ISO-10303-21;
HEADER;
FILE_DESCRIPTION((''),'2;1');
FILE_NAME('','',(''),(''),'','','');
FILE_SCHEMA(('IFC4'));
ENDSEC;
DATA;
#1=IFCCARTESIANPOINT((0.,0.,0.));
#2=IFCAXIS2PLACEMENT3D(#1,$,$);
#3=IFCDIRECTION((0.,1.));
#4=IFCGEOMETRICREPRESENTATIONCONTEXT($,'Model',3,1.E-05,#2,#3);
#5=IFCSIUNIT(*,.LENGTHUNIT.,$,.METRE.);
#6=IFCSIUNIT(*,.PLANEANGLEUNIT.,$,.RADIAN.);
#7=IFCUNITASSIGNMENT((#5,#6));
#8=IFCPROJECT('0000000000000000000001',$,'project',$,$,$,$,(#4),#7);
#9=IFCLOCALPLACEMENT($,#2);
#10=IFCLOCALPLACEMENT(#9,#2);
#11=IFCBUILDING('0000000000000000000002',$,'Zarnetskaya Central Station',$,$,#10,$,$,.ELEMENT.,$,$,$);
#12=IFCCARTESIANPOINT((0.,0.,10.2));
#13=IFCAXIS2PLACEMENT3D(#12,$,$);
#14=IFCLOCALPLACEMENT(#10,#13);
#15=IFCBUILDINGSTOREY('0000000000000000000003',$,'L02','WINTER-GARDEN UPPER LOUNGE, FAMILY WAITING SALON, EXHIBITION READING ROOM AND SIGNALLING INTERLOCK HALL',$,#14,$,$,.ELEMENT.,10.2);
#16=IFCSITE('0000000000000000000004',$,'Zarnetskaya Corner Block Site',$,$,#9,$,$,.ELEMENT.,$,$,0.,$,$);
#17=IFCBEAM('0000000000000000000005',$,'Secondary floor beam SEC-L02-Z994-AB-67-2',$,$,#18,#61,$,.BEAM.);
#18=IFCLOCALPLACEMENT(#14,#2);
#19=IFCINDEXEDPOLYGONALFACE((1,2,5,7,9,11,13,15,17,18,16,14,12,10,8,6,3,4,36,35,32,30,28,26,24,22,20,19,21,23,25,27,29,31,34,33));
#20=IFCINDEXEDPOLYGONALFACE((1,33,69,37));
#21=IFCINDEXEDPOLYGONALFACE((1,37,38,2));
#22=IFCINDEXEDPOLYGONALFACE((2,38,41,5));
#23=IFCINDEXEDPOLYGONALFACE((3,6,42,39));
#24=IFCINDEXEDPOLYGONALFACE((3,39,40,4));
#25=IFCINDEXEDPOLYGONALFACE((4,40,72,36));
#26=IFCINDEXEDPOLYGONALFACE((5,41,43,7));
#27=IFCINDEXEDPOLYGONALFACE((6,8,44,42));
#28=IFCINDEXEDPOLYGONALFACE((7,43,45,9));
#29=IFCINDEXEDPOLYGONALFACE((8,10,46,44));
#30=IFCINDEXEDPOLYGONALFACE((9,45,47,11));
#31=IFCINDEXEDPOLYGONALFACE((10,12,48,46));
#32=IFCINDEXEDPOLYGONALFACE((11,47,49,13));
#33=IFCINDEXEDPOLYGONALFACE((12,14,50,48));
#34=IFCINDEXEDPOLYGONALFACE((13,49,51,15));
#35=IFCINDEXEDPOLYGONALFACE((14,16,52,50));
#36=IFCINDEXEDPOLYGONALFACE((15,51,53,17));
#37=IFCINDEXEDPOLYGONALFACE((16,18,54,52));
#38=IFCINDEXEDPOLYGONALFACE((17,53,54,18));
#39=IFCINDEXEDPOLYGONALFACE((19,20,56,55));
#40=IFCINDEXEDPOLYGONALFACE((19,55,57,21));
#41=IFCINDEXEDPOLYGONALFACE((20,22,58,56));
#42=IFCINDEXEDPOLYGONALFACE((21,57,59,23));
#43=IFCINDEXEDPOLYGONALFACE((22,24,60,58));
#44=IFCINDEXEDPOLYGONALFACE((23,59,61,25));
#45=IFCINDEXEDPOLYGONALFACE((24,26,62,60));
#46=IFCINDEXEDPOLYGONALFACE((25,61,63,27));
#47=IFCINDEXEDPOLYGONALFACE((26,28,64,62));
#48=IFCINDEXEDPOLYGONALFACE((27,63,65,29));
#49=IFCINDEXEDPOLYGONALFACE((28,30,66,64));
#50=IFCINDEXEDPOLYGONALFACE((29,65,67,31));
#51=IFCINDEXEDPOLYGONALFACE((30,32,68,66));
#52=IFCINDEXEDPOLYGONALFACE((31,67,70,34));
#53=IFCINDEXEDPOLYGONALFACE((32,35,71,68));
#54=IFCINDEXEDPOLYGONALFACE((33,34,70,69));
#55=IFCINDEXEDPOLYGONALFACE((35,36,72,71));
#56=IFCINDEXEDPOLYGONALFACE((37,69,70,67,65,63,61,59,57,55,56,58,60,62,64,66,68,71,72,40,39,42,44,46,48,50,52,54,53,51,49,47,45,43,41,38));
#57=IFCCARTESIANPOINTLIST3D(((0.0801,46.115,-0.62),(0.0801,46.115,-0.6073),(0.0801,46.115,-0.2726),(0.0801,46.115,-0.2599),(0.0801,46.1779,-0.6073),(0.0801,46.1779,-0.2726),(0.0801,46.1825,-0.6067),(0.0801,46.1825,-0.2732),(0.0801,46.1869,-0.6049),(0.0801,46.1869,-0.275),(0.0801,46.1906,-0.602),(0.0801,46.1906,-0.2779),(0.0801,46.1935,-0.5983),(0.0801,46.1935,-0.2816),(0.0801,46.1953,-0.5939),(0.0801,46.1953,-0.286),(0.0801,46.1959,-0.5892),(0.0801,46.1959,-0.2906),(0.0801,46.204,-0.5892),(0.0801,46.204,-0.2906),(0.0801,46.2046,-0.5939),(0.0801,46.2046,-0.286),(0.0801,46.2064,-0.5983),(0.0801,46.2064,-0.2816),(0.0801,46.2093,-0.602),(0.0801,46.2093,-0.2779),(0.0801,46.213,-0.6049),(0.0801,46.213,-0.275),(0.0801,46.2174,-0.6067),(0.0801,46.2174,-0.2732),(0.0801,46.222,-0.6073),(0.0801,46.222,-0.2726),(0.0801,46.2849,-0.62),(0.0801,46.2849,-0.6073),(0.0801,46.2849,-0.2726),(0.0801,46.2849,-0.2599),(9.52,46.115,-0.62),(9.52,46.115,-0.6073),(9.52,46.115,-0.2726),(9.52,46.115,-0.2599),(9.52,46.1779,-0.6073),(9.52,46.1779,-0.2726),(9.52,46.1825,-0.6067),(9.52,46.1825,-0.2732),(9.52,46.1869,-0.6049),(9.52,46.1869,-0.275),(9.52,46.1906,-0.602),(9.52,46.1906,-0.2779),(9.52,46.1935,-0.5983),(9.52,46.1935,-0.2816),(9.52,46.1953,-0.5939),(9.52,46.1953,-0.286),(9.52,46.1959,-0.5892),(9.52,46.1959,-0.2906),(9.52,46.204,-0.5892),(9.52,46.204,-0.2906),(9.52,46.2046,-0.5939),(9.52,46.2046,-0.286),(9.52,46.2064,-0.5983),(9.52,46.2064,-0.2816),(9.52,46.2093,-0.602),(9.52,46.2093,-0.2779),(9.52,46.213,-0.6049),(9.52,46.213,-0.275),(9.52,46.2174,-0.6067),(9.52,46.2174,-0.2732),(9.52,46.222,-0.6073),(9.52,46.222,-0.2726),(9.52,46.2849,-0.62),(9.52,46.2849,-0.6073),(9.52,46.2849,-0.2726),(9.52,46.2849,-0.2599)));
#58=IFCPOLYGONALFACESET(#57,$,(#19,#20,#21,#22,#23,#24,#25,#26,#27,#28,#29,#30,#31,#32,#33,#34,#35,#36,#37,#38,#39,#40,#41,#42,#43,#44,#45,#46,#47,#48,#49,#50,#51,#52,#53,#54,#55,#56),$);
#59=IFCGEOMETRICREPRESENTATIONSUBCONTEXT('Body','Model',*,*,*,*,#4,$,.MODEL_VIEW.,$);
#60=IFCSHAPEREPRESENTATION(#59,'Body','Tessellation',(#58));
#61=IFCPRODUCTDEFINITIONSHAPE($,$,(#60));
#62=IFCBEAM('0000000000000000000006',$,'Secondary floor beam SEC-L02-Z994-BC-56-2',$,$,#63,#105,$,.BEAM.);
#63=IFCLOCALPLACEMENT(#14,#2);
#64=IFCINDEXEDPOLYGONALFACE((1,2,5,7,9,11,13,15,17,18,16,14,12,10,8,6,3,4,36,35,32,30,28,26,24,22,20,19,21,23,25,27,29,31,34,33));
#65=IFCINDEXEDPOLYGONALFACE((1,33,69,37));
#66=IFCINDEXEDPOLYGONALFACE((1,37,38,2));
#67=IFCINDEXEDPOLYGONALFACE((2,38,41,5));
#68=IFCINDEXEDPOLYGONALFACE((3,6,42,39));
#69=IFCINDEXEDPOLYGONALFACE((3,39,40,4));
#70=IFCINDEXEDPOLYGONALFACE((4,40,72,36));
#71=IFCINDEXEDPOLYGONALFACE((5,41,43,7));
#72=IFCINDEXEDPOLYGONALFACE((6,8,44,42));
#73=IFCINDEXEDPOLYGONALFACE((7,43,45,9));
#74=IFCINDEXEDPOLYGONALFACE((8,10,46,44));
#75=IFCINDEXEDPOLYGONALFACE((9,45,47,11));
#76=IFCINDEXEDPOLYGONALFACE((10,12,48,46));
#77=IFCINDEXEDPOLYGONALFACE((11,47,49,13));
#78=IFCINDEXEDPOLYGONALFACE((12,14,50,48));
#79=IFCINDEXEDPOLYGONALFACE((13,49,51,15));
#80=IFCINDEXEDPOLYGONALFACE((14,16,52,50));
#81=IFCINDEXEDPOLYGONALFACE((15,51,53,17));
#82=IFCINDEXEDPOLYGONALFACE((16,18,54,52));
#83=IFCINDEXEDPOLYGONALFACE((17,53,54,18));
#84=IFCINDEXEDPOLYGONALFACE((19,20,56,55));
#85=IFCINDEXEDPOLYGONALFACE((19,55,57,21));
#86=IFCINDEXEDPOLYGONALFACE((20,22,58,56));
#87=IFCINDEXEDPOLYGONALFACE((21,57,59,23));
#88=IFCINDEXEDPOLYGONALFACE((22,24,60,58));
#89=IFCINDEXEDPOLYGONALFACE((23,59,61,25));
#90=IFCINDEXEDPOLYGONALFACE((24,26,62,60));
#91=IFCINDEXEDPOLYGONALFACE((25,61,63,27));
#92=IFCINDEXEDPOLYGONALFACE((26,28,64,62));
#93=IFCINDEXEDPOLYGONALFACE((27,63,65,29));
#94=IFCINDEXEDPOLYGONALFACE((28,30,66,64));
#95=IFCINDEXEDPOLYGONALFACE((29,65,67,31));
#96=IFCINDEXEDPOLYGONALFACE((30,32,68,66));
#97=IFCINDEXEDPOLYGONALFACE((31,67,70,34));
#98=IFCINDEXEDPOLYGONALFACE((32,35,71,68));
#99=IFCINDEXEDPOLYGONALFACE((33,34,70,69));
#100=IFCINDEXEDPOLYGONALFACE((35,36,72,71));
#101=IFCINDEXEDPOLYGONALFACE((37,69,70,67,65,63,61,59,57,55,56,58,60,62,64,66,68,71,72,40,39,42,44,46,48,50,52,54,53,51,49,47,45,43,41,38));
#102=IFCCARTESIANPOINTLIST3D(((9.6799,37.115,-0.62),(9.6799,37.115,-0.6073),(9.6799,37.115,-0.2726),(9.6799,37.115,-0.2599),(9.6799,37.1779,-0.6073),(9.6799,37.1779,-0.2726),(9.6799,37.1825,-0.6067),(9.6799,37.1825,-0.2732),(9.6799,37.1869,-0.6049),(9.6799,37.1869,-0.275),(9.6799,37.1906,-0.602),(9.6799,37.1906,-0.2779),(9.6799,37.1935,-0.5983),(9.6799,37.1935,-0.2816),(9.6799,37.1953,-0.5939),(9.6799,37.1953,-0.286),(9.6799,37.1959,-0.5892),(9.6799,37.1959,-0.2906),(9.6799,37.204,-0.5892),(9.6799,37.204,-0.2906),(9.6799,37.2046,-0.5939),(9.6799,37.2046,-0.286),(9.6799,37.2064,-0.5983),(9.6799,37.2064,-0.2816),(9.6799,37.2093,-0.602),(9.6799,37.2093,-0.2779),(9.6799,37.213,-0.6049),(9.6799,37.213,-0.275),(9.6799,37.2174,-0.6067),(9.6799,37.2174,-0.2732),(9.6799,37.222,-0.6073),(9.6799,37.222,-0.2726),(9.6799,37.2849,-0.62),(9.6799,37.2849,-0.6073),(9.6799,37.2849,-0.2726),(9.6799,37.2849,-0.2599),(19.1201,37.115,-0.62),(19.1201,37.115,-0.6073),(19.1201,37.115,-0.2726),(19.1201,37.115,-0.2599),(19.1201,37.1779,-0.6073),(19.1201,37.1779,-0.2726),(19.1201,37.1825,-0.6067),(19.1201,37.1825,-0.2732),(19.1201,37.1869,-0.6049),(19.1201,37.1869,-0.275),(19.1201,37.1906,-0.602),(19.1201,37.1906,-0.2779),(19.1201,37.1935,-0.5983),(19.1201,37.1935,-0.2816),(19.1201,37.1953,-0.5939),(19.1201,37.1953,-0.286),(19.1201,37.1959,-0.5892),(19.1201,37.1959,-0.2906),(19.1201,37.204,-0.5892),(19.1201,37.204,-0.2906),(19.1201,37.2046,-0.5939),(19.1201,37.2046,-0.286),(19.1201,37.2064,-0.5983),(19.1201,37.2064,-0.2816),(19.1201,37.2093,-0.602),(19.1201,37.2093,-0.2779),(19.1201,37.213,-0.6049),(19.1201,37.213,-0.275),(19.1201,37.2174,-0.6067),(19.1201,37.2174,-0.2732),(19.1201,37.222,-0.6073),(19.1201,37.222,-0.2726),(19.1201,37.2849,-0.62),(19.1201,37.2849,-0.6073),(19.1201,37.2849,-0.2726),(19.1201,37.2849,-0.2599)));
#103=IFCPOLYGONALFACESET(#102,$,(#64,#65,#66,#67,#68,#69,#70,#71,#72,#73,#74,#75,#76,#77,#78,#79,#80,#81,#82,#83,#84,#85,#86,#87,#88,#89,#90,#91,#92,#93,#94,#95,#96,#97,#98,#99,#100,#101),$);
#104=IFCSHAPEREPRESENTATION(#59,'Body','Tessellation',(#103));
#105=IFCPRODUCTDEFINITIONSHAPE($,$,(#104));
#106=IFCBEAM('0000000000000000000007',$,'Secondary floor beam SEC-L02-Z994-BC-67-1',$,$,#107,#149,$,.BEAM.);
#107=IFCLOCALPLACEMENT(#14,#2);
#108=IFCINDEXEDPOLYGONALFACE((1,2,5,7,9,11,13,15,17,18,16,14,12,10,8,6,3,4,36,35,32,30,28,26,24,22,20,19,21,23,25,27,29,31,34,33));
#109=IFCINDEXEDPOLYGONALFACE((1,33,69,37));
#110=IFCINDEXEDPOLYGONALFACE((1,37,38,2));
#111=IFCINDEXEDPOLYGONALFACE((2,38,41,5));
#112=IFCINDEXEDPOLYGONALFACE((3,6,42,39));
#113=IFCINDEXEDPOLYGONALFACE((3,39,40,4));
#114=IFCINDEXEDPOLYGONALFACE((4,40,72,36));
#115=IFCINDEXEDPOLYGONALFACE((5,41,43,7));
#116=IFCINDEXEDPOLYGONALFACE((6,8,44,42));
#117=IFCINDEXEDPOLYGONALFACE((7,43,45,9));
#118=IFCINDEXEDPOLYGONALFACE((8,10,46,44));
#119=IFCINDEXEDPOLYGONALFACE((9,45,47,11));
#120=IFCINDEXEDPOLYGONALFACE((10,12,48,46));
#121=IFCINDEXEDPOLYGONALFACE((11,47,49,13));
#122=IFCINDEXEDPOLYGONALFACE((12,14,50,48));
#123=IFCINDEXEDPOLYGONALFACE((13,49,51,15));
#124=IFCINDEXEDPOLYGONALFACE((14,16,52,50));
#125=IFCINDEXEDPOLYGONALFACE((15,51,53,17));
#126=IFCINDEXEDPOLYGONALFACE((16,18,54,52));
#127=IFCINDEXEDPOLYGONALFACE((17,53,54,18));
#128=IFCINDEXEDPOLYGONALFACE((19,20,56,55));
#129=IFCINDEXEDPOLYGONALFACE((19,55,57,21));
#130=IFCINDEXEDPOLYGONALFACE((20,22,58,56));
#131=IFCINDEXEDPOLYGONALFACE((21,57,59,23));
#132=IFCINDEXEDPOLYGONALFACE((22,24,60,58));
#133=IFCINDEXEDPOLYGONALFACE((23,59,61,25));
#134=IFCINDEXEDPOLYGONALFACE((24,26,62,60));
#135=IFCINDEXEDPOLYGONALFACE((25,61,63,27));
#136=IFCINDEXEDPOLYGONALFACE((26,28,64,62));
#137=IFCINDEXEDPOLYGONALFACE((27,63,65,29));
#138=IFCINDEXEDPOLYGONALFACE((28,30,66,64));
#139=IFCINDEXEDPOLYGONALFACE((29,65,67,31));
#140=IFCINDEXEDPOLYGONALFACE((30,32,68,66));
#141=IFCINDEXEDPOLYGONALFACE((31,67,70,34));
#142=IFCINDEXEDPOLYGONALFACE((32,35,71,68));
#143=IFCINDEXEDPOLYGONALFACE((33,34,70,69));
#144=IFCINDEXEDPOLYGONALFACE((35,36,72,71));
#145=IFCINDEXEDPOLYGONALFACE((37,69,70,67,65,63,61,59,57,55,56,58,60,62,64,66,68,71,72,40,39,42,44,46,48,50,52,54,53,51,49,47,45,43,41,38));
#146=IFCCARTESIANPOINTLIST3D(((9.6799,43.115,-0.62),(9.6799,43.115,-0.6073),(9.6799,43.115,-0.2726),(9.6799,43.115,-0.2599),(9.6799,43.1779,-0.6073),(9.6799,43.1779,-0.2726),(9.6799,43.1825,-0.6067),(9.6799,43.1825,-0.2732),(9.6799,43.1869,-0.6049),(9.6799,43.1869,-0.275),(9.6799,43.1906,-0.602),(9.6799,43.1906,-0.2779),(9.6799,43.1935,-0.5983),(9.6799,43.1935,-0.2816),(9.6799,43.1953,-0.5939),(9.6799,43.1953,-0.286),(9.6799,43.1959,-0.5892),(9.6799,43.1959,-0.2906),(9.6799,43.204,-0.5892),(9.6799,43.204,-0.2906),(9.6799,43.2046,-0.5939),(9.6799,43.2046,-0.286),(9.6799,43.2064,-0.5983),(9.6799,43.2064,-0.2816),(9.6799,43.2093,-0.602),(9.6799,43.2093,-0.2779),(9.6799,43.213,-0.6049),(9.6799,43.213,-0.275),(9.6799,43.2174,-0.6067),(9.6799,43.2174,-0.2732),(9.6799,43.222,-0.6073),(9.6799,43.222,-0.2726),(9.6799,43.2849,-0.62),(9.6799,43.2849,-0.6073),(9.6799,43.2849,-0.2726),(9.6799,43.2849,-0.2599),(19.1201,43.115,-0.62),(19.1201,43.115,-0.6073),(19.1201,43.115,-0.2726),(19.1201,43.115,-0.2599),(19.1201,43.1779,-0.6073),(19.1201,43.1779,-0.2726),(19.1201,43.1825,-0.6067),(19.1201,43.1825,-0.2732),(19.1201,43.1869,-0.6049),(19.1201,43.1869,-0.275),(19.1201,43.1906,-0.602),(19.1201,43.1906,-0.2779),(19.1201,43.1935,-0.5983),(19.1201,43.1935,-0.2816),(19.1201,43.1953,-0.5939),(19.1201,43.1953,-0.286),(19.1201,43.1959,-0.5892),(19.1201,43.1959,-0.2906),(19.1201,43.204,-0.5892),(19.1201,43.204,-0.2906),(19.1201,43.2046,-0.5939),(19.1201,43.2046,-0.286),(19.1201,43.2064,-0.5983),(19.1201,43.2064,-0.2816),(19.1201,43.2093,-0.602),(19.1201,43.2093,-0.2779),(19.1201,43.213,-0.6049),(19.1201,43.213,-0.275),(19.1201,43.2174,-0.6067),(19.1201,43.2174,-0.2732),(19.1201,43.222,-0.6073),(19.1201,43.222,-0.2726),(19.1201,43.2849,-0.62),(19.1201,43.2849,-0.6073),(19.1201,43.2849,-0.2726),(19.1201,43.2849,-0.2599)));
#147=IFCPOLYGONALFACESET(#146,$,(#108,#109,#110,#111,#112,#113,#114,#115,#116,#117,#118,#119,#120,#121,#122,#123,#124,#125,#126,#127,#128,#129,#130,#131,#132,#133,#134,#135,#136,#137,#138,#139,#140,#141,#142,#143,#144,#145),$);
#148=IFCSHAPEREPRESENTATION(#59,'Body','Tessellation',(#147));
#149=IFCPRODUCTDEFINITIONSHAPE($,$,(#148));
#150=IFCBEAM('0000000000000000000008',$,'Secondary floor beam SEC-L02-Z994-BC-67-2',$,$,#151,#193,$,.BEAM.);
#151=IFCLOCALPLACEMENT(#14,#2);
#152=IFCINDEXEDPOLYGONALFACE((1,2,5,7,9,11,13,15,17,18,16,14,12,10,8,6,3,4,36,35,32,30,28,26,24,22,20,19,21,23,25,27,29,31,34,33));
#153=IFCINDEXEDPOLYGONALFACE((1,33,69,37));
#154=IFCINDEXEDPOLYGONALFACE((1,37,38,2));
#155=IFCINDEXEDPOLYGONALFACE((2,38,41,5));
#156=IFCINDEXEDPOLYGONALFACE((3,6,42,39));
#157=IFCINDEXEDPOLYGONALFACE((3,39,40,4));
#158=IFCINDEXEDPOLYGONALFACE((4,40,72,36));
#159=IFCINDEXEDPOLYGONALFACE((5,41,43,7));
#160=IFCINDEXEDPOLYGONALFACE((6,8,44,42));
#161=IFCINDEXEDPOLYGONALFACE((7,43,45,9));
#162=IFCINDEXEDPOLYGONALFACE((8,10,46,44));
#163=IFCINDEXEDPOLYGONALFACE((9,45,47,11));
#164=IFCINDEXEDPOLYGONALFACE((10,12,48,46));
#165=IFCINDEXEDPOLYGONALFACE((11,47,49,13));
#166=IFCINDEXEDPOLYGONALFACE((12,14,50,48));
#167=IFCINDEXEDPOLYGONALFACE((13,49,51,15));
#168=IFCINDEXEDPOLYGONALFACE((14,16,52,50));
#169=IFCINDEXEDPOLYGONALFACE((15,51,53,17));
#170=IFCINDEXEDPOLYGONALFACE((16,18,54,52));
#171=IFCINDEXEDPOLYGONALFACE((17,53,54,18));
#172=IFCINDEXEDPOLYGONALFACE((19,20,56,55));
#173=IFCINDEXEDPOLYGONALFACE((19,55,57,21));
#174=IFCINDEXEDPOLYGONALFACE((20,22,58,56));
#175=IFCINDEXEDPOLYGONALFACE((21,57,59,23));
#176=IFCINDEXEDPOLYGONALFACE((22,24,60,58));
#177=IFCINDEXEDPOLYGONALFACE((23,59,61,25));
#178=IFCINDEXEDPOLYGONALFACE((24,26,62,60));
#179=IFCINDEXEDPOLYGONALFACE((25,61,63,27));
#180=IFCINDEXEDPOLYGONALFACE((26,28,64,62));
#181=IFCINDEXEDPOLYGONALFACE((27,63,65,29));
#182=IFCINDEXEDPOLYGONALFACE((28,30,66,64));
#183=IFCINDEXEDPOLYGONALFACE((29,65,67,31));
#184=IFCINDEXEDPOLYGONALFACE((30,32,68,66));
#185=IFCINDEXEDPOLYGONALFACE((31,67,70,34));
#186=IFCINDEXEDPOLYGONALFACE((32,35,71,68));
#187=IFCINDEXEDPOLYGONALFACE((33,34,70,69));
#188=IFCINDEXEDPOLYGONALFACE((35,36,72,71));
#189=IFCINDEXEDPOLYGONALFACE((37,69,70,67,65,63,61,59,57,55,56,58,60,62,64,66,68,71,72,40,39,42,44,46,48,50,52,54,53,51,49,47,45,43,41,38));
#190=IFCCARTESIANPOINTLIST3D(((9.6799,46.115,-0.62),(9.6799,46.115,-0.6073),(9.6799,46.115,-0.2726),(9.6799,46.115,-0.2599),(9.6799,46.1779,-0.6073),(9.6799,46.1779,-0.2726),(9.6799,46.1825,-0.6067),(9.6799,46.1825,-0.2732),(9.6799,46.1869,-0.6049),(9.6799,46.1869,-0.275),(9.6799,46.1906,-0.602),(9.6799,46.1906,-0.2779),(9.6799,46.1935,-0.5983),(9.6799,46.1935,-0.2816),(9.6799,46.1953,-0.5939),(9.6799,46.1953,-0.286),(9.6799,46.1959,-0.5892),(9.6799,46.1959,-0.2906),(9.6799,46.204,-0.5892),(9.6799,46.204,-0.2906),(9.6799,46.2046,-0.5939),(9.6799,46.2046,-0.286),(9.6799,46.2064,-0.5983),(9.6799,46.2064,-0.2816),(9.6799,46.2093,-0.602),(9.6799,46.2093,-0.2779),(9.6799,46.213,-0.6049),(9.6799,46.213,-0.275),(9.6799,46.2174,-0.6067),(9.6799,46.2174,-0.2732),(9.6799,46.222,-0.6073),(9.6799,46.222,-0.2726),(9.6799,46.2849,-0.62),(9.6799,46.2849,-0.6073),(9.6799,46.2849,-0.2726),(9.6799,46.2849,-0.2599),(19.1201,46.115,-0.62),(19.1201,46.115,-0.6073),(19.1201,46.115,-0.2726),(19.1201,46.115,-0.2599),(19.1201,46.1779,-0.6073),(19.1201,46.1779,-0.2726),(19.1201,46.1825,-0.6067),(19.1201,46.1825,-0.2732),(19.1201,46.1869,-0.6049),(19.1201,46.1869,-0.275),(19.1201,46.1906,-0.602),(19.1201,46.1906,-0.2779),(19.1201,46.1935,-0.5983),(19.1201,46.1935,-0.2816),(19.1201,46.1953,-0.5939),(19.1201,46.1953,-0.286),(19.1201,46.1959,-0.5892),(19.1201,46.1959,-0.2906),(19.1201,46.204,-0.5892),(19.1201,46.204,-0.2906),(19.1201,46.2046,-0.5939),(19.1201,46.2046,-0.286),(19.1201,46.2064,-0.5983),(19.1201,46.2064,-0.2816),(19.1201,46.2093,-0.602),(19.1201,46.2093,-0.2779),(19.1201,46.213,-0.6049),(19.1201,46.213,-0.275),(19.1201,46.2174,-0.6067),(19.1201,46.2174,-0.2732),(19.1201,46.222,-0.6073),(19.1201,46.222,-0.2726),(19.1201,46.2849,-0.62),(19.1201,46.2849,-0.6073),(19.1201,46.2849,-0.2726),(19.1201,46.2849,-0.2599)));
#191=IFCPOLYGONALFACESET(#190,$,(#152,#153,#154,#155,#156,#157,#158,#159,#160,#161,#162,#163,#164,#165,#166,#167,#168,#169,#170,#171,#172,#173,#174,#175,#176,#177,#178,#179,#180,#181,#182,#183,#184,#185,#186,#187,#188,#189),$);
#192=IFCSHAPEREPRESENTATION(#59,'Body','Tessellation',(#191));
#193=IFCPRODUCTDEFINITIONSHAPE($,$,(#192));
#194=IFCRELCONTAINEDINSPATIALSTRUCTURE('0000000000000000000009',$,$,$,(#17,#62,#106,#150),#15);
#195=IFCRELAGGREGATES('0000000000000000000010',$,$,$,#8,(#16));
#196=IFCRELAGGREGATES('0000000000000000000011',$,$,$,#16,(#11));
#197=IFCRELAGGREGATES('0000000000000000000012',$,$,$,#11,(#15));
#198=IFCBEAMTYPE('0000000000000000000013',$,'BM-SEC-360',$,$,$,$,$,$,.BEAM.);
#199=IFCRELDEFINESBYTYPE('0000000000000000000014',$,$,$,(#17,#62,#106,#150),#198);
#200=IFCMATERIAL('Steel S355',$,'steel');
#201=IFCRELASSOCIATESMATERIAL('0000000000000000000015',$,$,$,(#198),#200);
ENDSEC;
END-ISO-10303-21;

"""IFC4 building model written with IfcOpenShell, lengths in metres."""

from ifc_helpers import new_model, si_unit, direction, frame, origin, origin_2d, place, context, subcontext, project, spatial, i_section, extrude, material, material_profile, profile_set, type_object, element, save


model = new_model("IFC4")

# Units and contexts
model_context = context("Model", 3, precision=1e-05, world=origin(), true_north=direction((0.0, 1.0)))
body_context = subcontext(model_context, "Body", "Model", "MODEL_VIEW")
ifc_project = project(units=[si_unit("LENGTHUNIT", "METRE"), si_unit("PLANEANGLEUNIT", "RADIAN")], contexts=[model_context])

# Site, building, storey
site_placement = place(None, origin())
site = spatial("IfcSite", under=ifc_project, at=site_placement, Name="Zarnetskaya Corner Block Site", CompositionType="ELEMENT", RefElevation=0.0)
building_placement = place(site_placement, origin())
building = spatial("IfcBuilding", under=site, at=building_placement, Name="Zarnetskaya Central Station", CompositionType="ELEMENT")
storey_placement = place(building_placement, frame((0.0, 0.0, 10.2)))
storey = spatial("IfcBuildingStorey", under=building, at=storey_placement, Name="L02", Description="WINTER-GARDEN UPPER LOUNGE, FAMILY WAITING SALON, EXHIBITION READING ROOM AND SIGNALLING INTERLOCK HALL", CompositionType="ELEMENT", Elevation=10.2)

# Shared definitions
ifc_material_1 = material(Name="Steel S355", Category="steel")

# Beams
ifc_material_profile_1 = material_profile(ifc_material_1, i_section(OverallWidth=0.1699, OverallDepth=0.3601, WebThickness=0.0081, FlangeThickness=0.0127, FilletRadius=0.0181, at=origin_2d()), Name="IPE 360")
ifc_profile_set_1 = profile_set([ifc_material_profile_1], Name="Steel S355")
beam_type_1 = type_object("IfcBeamType", Name="BM-SEC-360", PredefinedType="BEAM", material=ifc_profile_set_1)
beam_1_placement = place(storey_placement, frame((0.0801, 46.2, -0.4399), z_axis=(1.0, 0.0, 0.0), x_axis=(0.0, 1.0, 0.0)))
element("IfcBeam", 1, at=beam_1_placement, inside=storey, type_object=beam_type_1, Name="Secondary floor beam SEC-L02-Z994-AB-67-2", PredefinedType="BEAM", context=body_context, shape_type="SweptSolid", body=[
    extrude(i_section(OverallWidth=0.1699, OverallDepth=0.3601, WebThickness=0.0081, FlangeThickness=0.0127, FilletRadius=0.0181, at=origin_2d()), origin(), (0.0, 0.0, 1.0), 9.4399),
])
for number, where, z_axis, x_axis, name in (
    (2, (9.6799, 37.2, -0.4399), (1.0, 0.0, 0.0), (0.0, 1.0, 0.0), "Secondary floor beam SEC-L02-Z994-BC-56-2"),
    (3, (9.6799, 43.2, -0.4399), (1.0, 0.0, 0.0), (0.0, 1.0, 0.0), "Secondary floor beam SEC-L02-Z994-BC-67-1"),
    (4, (9.6799, 46.2, -0.4399), (1.0, 0.0, 0.0), (0.0, 1.0, 0.0), "Secondary floor beam SEC-L02-Z994-BC-67-2"),
):
    element("IfcBeam", number, at=place(storey_placement, frame(where, z_axis=z_axis, x_axis=x_axis)), inside=storey, type_object=beam_type_1, Name=name, PredefinedType="BEAM", context=body_context, shape_type="SweptSolid", body=[
        extrude(i_section(OverallWidth=0.1699, OverallDepth=0.3601, WebThickness=0.0081, FlangeThickness=0.0127, FilletRadius=0.0181, at=origin_2d()), origin(), (0.0, 0.0, 1.0), 9.4402),
    ])

save(model, "model.ifc")
